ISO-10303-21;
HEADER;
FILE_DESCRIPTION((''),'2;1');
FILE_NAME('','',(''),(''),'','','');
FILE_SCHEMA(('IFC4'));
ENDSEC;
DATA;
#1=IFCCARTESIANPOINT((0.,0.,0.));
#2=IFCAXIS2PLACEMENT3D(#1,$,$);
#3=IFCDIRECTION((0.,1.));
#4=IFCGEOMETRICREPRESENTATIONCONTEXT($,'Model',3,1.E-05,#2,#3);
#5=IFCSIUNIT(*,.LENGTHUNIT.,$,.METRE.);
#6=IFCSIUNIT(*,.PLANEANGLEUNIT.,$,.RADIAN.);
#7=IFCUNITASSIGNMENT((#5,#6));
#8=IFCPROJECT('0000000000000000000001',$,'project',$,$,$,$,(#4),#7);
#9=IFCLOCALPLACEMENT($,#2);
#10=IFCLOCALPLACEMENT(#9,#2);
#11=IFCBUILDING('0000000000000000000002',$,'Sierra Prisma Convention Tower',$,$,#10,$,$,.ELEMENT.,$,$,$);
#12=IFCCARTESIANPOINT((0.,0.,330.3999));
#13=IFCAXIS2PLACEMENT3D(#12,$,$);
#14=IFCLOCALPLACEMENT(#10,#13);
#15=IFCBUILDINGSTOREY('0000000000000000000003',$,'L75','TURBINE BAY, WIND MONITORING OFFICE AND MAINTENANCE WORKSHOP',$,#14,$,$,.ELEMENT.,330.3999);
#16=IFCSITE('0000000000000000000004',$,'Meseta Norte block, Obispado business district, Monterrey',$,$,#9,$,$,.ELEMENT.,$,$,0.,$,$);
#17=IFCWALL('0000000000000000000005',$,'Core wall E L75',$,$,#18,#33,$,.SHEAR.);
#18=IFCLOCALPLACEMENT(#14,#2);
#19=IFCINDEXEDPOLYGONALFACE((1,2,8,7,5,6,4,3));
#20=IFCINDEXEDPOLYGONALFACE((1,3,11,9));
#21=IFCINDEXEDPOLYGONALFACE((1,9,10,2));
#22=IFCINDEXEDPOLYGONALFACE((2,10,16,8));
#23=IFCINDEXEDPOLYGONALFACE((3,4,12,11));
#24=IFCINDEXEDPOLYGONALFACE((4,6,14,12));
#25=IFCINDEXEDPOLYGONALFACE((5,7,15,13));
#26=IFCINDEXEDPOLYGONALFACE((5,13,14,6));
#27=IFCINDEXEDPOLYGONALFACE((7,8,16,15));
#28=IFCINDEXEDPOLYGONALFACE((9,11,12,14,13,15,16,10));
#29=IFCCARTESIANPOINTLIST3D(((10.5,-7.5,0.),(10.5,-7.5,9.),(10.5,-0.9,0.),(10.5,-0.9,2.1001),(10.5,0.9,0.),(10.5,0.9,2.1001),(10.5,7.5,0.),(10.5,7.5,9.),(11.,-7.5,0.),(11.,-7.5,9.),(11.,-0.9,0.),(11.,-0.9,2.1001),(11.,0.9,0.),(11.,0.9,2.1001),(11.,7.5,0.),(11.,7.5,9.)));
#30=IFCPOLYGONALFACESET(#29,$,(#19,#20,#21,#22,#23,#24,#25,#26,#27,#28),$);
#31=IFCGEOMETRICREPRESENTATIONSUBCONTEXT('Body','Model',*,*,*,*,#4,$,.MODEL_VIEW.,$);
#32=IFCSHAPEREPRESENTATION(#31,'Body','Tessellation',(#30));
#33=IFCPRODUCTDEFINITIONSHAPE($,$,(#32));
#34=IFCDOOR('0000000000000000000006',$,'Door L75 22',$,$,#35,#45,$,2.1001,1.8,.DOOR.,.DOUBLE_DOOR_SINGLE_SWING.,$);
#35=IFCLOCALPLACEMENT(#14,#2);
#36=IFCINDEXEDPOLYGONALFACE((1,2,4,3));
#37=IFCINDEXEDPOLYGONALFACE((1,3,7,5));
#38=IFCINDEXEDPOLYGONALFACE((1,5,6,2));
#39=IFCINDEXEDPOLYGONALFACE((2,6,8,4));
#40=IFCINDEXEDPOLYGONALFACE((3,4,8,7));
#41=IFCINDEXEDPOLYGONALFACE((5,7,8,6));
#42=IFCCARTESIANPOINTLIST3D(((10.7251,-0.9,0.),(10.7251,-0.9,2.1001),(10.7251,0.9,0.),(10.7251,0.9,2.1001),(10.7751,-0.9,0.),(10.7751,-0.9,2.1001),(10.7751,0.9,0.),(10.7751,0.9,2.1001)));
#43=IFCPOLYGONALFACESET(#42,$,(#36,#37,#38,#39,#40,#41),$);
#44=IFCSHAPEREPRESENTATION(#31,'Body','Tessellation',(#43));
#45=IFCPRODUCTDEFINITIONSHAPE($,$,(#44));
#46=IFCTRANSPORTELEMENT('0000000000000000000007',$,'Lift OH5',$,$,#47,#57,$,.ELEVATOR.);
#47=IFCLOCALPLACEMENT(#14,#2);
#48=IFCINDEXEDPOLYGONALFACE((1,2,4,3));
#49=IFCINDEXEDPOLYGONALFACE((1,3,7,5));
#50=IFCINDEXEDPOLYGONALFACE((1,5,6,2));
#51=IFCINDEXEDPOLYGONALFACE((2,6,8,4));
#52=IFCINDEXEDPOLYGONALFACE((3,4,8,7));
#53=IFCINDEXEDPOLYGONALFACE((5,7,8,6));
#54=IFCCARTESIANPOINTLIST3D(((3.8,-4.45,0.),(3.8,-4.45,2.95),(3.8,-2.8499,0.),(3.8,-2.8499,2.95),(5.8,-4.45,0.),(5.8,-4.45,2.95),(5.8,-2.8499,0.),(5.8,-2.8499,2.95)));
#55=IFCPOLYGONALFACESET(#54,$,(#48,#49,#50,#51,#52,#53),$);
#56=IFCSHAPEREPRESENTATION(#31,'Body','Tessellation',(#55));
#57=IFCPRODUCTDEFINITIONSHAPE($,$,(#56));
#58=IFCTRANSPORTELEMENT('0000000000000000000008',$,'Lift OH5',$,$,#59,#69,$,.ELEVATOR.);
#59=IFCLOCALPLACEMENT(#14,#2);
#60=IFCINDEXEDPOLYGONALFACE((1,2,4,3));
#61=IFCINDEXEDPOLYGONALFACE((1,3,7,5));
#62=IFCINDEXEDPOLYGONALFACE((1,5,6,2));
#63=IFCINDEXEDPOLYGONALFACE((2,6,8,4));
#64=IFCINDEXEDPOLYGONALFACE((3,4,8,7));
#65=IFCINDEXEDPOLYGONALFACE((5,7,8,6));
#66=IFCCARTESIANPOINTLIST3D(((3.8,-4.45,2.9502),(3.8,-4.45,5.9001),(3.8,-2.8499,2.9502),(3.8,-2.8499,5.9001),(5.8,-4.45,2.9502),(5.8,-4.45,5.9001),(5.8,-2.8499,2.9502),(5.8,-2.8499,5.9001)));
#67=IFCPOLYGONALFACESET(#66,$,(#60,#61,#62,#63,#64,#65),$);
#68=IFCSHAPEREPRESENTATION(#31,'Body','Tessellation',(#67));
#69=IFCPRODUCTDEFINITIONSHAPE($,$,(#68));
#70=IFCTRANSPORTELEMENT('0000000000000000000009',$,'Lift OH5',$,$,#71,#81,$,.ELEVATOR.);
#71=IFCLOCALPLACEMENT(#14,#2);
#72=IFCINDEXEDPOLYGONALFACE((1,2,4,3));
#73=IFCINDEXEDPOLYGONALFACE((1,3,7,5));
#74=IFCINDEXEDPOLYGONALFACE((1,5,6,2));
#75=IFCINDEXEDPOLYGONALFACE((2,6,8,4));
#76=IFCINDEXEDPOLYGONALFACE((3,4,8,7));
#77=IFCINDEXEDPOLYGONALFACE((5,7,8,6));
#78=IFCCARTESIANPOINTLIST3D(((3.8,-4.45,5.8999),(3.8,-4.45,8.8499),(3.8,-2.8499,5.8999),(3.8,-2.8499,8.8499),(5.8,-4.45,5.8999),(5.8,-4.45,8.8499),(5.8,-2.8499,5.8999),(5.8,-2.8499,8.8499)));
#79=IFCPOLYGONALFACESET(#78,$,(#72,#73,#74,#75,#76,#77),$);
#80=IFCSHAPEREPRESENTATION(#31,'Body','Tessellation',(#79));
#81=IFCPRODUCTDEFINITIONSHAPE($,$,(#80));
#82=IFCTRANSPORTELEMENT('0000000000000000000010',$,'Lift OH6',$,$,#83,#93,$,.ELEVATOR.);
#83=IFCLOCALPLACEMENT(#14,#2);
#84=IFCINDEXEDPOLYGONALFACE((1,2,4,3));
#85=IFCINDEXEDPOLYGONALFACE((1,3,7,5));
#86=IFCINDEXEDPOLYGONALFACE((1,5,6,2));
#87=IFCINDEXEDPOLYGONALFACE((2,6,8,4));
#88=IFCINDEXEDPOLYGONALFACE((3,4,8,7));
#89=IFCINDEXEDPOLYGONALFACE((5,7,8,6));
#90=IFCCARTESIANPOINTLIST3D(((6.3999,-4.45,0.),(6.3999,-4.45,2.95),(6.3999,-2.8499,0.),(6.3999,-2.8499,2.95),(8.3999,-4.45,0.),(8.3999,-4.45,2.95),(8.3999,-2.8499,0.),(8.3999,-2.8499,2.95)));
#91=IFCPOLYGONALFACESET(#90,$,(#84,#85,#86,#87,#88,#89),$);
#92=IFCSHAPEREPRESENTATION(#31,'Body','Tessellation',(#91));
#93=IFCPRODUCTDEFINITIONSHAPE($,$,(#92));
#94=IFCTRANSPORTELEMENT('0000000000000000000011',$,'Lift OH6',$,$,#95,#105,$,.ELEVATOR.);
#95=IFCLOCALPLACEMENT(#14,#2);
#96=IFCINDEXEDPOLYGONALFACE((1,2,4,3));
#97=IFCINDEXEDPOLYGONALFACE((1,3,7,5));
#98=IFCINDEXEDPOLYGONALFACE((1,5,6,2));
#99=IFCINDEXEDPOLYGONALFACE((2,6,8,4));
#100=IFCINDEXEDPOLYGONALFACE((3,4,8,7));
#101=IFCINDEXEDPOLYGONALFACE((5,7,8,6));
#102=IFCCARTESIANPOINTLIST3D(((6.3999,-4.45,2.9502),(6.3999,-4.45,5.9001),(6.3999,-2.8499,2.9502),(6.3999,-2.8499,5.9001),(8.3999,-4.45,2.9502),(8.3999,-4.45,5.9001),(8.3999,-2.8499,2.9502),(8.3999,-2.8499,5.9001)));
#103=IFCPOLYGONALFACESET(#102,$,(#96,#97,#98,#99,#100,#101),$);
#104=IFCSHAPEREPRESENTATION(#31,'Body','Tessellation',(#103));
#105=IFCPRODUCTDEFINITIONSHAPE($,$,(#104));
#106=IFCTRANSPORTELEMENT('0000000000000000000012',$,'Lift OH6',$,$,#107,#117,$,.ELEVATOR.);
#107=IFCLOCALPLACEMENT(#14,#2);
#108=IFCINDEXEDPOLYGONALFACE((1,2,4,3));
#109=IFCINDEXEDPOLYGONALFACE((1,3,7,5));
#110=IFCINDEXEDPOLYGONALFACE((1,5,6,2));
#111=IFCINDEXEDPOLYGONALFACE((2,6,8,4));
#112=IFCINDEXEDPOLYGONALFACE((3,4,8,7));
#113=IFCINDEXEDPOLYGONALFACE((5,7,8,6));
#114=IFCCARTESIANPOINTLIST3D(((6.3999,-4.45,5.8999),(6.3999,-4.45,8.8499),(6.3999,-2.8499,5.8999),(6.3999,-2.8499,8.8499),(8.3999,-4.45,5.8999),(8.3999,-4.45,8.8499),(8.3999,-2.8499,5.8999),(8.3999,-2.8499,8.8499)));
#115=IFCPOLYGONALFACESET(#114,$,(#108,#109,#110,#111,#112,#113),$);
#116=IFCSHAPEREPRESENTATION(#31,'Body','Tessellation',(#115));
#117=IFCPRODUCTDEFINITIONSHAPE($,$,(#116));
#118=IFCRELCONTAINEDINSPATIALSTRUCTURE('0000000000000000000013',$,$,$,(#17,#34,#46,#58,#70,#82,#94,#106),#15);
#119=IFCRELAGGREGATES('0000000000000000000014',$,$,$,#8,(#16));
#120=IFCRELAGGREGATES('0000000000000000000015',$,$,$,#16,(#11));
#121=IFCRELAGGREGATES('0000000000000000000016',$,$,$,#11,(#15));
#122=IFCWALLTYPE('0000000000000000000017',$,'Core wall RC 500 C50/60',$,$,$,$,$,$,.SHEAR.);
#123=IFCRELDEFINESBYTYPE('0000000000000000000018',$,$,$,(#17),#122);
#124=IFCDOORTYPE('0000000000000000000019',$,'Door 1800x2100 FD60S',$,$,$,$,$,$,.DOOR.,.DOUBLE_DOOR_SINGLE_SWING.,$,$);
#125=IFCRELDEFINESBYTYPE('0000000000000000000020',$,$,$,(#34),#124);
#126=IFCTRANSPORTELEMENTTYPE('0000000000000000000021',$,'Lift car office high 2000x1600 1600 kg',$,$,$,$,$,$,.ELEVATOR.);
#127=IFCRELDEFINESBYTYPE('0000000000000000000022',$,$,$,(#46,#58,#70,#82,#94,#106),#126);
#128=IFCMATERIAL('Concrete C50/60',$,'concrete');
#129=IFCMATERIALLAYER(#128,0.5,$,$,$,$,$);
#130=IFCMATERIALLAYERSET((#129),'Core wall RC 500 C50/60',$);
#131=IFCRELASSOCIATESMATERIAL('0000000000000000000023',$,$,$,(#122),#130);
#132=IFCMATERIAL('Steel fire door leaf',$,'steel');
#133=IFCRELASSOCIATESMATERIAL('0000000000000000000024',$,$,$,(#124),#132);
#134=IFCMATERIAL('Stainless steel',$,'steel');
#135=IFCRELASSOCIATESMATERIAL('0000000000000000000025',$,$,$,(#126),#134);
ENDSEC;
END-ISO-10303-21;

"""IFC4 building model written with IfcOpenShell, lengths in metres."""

from ifc_helpers import new_model, si_unit, direction, frame, frame_2d, origin, origin_2d, place, context, subcontext, project, spatial, rectangle, extrude, material, layer, layer_set, type_object, element, fill, save


model = new_model("IFC4")

# Units and contexts
model_context = context("Model", 3, precision=1e-05, world=origin(), true_north=direction((0.0, 1.0)))
body_context = subcontext(model_context, "Body", "Model", "MODEL_VIEW")
ifc_project = project(units=[si_unit("LENGTHUNIT", "METRE"), si_unit("PLANEANGLEUNIT", "RADIAN")], contexts=[model_context])

# Site, building, storey
site_placement = place(None, origin())
site = spatial("IfcSite", under=ifc_project, at=site_placement, Name="Meseta Norte block, Obispado business district, Monterrey", CompositionType="ELEMENT", RefElevation=0.0)
building_placement = place(site_placement, origin())
building = spatial("IfcBuilding", under=site, at=building_placement, Name="Sierra Prisma Convention Tower", CompositionType="ELEMENT")
storey_placement = place(building_placement, frame((0.0, 0.0, 330.3999)))
storey = spatial("IfcBuildingStorey", under=building, at=storey_placement, Name="L75", Description="TURBINE BAY, WIND MONITORING OFFICE AND MAINTENANCE WORKSHOP", CompositionType="ELEMENT", Elevation=330.3999)

# Wall, opening, door
ifc_material_1 = material(Name="Concrete C50/60", Category="concrete")
ifc_layer_1 = layer(ifc_material_1, 0.5)
ifc_layer_set_1 = layer_set([ifc_layer_1], Name="Core wall RC 500 C50/60")
wall_type_1 = type_object("IfcWallType", Name="Core wall RC 500 C50/60", PredefinedType="SHEAR", material=ifc_layer_set_1)
wall_1_placement = place(storey_placement, frame((10.75, -7.5, 0.0), z_axis=(0.0, 0.0, 1.0), x_axis=(0.0, 1.0, 0.0)))
wall_1 = element("IfcWall", 1, at=wall_1_placement, inside=storey, type_object=wall_type_1, Name="Core wall E L75", PredefinedType="SHEAR", context=body_context, shape_type="SweptSolid", body=[
    extrude(rectangle(XDim=15.0, YDim=0.5, at=frame_2d((7.5, 0.0))), origin(), (0.0, 0.0, 1.0), 9.0),
])
opening_1_placement = place(wall_1_placement, frame((6.6001, 0.0, 0.0)))
opening_1 = element("IfcOpeningElement", 2, at=opening_1_placement, cuts=wall_1, PredefinedType="OPENING", context=body_context, shape_type="SweptSolid", body=[
    extrude(rectangle(XDim=1.8, YDim=2.1001, at=frame_2d((0.8999, 1.05))), frame((0.0, 0.25, 0.0), z_axis=(0.0, -1.0, 0.0), x_axis=(1.0, 0.0, 0.0)), (0.0, 0.0, 1.0), 0.5),
])
ifc_material_2 = material(Name="Steel fire door leaf", Category="steel")
door_type_1 = type_object("IfcDoorType", Name="Door 1800x2100 FD60S", OperationType="DOUBLE_DOOR_SINGLE_SWING", PredefinedType="DOOR", material=ifc_material_2)
door_1_placement = place(opening_1_placement, origin())
door_1 = element("IfcDoor", 3, at=door_1_placement, inside=storey, type_object=door_type_1, Name="Door L75 22", OperationType="DOUBLE_DOOR_SINGLE_SWING", OverallHeight=2.1001, OverallWidth=1.8, PredefinedType="DOOR", context=body_context, shape_type="SweptSolid", body=[
    extrude(rectangle(XDim=1.8, YDim=2.1001, at=frame_2d((0.8999, 1.05))), frame((0.0, 0.0249, 0.0), z_axis=(0.0, -1.0, 0.0), x_axis=(1.0, 0.0, 0.0)), (0.0, 0.0, 1.0), 0.05),
])
fill(opening_1, door_1)

# Transport elements
ifc_material_3 = material(Name="Stainless steel", Category="steel")
transport_element_type = type_object("IfcTransportElementType", Name="Lift car office high 2000x1600 1600 kg", PredefinedType="ELEVATOR", material=ifc_material_3)
for number, where, z_axis, x_axis, name in (
    (4, (4.8, -3.6499, 0.0), (0.0, 0.0, 1.0), (1.0, 0.0, 0.0), "Lift OH5"),
    (5, (4.8, -3.6499, 2.9502), (0.0, 0.0, 1.0), (1.0, 0.0, 0.0), "Lift OH5"),
    (6, (4.8, -3.6499, 5.8999), (0.0, 0.0, 1.0), (1.0, 0.0, 0.0), "Lift OH5"),
    (7, (7.3999, -3.6499, 0.0), (0.0, 0.0, 1.0), (1.0, 0.0, 0.0), "Lift OH6"),
    (8, (7.3999, -3.6499, 2.9502), (0.0, 0.0, 1.0), (1.0, 0.0, 0.0), "Lift OH6"),
    (9, (7.3999, -3.6499, 5.8999), (0.0, 0.0, 1.0), (1.0, 0.0, 0.0), "Lift OH6"),
):
    element("IfcTransportElement", number, at=place(storey_placement, frame(where, z_axis=z_axis, x_axis=x_axis)), inside=storey, type_object=transport_element_type, Name=name, PredefinedType="ELEVATOR", context=body_context, shape_type="SweptSolid", body=[
        extrude(rectangle(XDim=2.0, YDim=1.6001, at=origin_2d()), origin(), (0.0, 0.0, 1.0), 2.95),
    ])

save(model, "model.ifc")
